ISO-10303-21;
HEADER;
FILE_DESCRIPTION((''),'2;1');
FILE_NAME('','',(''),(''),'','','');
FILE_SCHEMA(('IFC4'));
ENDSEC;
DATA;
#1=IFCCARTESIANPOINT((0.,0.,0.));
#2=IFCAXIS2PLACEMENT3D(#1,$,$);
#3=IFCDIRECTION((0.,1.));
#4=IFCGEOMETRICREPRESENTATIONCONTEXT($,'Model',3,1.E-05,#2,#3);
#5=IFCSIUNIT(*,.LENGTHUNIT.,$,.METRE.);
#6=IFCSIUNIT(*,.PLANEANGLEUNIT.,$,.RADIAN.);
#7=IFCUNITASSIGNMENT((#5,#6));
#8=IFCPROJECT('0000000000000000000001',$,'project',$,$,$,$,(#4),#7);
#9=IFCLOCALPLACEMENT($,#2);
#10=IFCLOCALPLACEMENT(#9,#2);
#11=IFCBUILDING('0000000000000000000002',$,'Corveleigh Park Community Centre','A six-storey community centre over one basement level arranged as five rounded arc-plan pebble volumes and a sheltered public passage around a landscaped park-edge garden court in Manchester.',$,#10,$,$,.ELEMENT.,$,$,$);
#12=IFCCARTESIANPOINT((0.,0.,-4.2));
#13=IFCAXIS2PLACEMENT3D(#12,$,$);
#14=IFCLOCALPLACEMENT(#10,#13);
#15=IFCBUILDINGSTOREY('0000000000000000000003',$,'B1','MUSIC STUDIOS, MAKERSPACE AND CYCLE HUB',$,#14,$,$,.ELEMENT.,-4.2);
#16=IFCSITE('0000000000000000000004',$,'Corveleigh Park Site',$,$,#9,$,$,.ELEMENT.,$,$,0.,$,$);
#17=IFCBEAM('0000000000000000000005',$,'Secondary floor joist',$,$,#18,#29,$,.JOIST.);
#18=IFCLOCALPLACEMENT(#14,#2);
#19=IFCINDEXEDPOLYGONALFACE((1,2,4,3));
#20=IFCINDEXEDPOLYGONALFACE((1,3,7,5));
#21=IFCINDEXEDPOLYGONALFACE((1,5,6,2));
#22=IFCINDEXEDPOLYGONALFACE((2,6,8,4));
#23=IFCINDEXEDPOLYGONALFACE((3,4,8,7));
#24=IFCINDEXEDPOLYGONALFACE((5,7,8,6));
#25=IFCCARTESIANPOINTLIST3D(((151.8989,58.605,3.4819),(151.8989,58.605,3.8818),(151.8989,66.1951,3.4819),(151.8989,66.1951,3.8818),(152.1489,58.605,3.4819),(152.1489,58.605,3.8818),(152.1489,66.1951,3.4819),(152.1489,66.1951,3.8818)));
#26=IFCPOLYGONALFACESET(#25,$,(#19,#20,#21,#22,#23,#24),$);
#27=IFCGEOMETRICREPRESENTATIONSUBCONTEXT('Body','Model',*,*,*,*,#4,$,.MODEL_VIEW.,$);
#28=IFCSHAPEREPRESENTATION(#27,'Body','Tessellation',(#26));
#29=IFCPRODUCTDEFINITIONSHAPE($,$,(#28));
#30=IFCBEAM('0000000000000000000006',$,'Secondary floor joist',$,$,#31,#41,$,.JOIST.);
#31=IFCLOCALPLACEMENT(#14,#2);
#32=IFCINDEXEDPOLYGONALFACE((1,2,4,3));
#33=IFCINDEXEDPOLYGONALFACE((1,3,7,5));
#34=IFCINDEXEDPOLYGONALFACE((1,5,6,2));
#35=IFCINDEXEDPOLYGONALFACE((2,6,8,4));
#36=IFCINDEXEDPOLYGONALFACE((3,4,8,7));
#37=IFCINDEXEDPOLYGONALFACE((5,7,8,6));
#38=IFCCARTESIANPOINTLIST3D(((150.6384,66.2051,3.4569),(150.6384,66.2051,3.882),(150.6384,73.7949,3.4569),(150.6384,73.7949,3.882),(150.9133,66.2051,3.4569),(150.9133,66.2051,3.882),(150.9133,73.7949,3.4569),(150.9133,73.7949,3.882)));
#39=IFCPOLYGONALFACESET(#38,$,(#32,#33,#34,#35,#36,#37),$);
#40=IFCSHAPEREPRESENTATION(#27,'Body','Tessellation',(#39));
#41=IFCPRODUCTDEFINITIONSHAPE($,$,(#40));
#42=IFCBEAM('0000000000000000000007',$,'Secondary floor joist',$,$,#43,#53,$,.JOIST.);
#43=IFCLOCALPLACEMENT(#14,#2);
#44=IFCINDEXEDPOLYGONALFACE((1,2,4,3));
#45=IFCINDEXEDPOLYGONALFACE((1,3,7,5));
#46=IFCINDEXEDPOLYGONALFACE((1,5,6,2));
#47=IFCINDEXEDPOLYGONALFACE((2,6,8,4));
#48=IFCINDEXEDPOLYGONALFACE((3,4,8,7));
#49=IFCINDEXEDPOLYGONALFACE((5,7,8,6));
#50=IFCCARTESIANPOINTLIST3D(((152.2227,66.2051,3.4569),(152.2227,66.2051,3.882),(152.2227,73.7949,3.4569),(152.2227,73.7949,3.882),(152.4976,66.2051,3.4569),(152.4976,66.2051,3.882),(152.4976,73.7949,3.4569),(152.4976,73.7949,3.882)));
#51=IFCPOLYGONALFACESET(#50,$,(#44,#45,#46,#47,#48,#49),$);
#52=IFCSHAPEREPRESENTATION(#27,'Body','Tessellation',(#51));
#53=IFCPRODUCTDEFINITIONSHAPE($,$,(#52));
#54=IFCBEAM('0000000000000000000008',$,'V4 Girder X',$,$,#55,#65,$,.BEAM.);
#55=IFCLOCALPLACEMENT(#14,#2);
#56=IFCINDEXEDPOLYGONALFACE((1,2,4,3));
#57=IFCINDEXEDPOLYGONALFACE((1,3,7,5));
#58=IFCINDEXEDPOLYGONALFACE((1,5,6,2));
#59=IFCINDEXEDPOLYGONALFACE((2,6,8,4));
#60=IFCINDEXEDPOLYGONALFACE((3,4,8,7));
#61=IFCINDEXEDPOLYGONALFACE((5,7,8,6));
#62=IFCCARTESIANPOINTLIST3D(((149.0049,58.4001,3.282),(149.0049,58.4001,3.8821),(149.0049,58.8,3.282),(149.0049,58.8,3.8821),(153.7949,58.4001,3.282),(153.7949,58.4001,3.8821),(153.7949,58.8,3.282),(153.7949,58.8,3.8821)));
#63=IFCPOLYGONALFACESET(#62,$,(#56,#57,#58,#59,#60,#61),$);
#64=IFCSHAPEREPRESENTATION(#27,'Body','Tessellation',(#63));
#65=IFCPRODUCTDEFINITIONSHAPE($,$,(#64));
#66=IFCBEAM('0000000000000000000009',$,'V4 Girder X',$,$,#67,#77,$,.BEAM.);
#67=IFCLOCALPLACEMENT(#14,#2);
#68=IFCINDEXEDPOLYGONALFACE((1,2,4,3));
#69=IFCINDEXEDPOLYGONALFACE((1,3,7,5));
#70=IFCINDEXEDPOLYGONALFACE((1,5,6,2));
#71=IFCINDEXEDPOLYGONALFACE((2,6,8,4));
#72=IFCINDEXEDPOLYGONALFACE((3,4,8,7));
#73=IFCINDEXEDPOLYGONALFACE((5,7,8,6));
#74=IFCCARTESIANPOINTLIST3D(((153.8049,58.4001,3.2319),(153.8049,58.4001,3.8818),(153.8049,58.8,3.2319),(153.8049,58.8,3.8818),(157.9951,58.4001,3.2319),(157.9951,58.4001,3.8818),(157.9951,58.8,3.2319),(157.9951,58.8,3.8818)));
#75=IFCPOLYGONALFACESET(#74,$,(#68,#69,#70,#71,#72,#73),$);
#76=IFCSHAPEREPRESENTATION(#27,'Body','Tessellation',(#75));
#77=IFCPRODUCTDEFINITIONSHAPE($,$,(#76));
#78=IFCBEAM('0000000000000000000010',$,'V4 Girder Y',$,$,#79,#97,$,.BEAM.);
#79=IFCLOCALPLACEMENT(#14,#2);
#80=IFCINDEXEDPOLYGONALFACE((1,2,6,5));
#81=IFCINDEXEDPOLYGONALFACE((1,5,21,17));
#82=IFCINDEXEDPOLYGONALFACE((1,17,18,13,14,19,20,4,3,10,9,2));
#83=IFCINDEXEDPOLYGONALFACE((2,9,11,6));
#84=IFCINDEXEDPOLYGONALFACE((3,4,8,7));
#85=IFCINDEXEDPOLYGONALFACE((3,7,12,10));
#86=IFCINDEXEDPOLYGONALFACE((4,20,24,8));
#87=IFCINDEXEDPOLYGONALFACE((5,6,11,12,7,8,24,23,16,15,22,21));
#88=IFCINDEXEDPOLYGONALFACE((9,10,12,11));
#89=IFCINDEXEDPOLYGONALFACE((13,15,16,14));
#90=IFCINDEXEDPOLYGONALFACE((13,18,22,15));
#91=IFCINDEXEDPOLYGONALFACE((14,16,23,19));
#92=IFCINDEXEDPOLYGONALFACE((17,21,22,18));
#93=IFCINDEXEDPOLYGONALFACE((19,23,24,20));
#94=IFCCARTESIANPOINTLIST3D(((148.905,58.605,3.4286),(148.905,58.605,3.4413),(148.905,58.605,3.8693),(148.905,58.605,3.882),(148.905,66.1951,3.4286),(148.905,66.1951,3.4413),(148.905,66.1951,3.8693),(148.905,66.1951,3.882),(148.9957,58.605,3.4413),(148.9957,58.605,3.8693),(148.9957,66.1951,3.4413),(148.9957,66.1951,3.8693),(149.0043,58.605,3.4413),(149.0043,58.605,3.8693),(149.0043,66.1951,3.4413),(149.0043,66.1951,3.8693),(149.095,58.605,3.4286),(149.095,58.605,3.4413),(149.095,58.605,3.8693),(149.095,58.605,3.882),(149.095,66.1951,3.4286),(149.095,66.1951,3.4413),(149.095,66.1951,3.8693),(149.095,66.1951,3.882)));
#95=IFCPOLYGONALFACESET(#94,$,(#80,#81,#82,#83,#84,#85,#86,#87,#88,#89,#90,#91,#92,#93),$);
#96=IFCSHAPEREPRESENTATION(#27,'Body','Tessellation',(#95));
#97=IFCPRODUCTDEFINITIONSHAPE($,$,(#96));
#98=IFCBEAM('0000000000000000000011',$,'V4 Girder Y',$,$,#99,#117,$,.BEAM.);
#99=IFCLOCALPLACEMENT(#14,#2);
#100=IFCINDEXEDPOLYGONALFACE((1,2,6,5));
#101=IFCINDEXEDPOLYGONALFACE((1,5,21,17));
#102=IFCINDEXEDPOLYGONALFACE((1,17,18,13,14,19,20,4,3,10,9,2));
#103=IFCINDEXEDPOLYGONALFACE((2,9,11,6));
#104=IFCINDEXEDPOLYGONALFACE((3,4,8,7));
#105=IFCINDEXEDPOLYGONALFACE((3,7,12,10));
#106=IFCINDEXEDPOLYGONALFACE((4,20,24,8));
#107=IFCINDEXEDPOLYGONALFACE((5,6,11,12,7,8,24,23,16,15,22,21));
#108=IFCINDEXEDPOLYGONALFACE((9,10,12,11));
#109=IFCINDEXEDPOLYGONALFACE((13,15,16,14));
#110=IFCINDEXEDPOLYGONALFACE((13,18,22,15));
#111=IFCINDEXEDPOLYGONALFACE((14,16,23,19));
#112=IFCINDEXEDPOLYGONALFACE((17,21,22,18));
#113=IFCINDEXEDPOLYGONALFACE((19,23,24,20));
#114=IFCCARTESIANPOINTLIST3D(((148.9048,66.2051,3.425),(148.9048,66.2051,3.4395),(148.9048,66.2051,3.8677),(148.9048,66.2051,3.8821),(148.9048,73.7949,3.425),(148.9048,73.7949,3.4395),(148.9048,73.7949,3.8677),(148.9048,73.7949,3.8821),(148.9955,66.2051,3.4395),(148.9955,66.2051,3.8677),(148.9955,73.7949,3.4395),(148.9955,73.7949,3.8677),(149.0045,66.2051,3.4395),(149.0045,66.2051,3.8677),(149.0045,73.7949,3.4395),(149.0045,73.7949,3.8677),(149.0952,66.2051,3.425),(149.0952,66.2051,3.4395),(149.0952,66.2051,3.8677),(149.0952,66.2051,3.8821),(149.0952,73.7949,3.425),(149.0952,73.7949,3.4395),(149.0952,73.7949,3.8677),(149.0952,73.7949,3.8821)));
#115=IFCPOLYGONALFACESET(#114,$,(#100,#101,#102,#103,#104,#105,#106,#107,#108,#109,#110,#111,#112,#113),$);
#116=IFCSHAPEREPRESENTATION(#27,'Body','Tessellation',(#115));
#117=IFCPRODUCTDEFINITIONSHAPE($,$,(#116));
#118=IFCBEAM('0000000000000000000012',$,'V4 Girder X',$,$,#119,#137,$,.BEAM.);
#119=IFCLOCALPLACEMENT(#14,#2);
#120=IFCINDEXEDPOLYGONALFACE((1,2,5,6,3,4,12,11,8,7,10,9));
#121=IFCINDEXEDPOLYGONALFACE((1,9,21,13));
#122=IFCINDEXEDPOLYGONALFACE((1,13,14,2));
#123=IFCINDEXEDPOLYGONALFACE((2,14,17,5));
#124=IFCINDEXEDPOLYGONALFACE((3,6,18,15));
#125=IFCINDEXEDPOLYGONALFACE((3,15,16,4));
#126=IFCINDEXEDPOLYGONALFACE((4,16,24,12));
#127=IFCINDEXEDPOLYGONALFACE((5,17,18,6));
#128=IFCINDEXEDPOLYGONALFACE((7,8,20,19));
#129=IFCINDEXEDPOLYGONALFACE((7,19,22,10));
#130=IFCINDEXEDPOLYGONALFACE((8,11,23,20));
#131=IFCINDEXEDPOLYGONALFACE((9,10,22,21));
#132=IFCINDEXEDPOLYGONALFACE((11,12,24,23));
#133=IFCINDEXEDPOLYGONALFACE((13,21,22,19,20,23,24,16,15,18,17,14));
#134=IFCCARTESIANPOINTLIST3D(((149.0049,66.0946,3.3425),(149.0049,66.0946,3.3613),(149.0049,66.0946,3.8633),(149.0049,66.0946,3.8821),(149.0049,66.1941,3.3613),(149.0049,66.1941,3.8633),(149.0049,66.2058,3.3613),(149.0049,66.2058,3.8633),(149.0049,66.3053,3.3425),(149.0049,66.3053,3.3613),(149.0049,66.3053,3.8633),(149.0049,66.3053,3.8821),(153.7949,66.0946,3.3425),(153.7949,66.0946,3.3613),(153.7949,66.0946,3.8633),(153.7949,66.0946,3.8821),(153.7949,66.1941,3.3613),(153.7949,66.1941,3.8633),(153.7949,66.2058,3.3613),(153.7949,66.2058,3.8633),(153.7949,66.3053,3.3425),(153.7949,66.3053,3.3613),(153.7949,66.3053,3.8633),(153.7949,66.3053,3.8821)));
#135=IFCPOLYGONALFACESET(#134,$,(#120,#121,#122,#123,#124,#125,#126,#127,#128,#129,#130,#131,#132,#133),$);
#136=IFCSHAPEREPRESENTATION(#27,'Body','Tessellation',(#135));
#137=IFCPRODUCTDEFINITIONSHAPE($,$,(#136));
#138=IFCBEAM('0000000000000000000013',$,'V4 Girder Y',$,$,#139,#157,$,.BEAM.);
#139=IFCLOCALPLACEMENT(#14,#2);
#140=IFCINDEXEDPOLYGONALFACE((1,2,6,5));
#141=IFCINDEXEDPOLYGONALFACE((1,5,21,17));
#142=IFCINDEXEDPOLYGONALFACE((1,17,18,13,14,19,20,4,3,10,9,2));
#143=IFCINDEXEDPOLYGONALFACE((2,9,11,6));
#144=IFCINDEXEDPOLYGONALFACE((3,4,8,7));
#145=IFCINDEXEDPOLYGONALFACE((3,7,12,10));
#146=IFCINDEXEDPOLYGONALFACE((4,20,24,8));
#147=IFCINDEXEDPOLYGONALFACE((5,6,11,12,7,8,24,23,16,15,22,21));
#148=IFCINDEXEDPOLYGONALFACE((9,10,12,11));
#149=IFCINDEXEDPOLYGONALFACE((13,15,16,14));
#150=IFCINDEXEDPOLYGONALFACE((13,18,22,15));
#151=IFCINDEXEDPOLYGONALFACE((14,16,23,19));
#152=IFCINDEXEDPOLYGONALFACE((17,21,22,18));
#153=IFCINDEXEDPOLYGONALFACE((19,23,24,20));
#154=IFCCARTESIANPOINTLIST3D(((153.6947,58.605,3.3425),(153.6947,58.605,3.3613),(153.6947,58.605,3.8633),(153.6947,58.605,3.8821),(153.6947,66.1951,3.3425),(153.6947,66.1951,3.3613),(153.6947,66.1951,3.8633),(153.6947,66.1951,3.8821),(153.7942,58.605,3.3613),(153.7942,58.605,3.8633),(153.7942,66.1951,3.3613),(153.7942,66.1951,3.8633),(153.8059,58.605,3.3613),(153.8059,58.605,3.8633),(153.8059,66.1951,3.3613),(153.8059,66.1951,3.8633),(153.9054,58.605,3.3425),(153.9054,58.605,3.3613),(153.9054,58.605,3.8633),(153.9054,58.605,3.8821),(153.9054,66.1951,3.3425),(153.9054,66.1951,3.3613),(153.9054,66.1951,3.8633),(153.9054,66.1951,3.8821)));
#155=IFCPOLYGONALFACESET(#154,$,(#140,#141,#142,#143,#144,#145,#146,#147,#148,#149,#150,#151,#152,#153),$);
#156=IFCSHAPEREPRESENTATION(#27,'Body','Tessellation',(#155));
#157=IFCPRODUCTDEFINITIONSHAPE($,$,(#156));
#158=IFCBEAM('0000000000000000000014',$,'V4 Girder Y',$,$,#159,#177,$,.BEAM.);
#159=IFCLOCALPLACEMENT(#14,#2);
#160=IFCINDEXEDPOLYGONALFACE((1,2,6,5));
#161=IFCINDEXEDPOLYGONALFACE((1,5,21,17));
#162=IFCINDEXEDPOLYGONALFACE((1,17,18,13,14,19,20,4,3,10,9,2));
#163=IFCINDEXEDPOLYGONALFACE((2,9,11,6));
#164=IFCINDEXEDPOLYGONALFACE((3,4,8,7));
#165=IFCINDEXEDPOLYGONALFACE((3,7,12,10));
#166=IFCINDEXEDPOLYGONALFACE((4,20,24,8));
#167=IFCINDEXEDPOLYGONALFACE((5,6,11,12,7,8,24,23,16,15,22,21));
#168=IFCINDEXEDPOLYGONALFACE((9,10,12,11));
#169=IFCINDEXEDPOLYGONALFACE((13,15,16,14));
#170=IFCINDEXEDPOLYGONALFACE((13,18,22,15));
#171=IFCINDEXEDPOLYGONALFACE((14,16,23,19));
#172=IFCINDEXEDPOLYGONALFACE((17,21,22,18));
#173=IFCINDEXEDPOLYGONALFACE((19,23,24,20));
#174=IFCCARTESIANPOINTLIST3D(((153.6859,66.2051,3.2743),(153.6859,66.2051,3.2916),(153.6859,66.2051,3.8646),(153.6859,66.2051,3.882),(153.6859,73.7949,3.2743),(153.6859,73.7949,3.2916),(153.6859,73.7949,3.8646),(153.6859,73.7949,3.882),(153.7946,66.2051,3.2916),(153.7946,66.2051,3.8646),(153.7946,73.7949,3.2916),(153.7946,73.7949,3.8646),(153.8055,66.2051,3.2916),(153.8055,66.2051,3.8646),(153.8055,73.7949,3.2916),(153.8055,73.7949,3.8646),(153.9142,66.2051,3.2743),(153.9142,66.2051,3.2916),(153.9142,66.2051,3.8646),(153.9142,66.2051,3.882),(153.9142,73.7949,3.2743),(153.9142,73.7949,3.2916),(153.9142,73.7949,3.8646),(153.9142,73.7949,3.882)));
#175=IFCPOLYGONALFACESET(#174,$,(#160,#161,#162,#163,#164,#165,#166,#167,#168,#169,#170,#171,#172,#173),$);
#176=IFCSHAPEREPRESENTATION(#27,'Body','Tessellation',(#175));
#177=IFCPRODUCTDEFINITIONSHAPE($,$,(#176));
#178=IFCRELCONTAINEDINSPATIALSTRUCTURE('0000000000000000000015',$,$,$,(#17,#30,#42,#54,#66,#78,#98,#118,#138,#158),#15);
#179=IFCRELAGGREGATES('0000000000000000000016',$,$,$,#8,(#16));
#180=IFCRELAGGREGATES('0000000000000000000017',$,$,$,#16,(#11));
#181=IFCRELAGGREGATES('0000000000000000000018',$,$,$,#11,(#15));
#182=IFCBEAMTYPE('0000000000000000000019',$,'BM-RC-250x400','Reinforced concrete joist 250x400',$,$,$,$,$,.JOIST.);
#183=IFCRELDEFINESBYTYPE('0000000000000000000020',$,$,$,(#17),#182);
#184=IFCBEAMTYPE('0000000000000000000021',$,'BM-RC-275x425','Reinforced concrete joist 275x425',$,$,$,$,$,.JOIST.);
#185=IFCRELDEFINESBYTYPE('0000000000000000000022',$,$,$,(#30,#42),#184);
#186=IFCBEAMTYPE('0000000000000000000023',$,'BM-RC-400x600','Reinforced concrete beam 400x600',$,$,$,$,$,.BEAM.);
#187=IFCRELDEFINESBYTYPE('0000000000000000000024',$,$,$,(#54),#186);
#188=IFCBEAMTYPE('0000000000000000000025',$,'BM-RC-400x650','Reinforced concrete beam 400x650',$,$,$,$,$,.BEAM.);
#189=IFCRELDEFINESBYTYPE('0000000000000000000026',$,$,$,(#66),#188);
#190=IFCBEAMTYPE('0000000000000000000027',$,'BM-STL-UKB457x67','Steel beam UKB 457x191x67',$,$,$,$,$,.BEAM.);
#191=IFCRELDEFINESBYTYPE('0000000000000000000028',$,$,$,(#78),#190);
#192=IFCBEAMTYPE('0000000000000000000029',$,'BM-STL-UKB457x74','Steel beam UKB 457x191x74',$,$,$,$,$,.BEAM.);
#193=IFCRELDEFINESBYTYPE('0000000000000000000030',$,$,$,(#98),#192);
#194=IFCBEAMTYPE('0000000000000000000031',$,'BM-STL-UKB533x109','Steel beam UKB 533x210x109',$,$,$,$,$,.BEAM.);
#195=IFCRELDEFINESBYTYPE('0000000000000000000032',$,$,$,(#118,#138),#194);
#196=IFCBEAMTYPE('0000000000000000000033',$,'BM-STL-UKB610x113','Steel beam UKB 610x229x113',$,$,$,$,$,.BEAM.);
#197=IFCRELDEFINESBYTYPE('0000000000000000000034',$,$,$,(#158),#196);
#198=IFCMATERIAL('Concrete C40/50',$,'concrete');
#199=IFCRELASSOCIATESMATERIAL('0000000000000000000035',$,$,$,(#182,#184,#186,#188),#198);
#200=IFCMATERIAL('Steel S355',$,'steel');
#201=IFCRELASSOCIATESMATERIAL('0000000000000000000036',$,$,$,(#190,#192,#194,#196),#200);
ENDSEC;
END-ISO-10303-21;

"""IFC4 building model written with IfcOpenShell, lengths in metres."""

from ifc_helpers import new_model, si_unit, direction, frame, origin, origin_2d, place, context, subcontext, project, spatial, rectangle, i_section, extrude, material, material_profile, profile_set, type_object, element, save


model = new_model("IFC4")

# Units and contexts
model_context = context("Model", 3, precision=1e-05, world=origin(), true_north=direction((0.0, 1.0)))
body_context = subcontext(model_context, "Body", "Model", "MODEL_VIEW")
ifc_project = project(units=[si_unit("LENGTHUNIT", "METRE"), si_unit("PLANEANGLEUNIT", "RADIAN")], contexts=[model_context])

# Site, building, storey
site_placement = place(None, origin())
site = spatial("IfcSite", under=ifc_project, at=site_placement, Name="Corveleigh Park Site", CompositionType="ELEMENT", RefElevation=0.0)
building_placement = place(site_placement, origin())
building = spatial("IfcBuilding", under=site, at=building_placement, Name="Corveleigh Park Community Centre", Description="A six-storey community centre over one basement level arranged as five rounded arc-plan pebble volumes and a sheltered public passage around a landscaped park-edge garden court in Manchester.", CompositionType="ELEMENT")
storey_placement = place(building_placement, frame((0.0, 0.0, -4.2)))
storey = spatial("IfcBuildingStorey", under=building, at=storey_placement, Name="B1", Description="MUSIC STUDIOS, MAKERSPACE AND CYCLE HUB", CompositionType="ELEMENT", Elevation=-4.2)

# Shared definitions
ifc_material_1 = material(Name="Concrete C40/50", Category="concrete")

# Shared definitions
ifc_material_2 = material(Name="Steel S355", Category="steel")

# Beams
ifc_material_profile_1 = material_profile(ifc_material_1, rectangle(XDim=0.25, YDim=0.3999, at=origin_2d()), Name="RC-250x400", Category="concrete")
ifc_profile_set_1 = profile_set([ifc_material_profile_1], Name="Concrete C40/50")
beam_type_1 = type_object("IfcBeamType", Name="BM-RC-250x400", Description="Reinforced concrete joist 250x400", PredefinedType="JOIST", material=ifc_profile_set_1)
for number, where, z_axis, x_axis, name in (
    (1, (152.0239, 58.605, 3.6819), (0.0, 1.0, 0.0), (-1.0, 0.0, 0.0), "Secondary floor joist"),
):
    element("IfcBeam", number, at=place(storey_placement, frame(where, z_axis=z_axis, x_axis=x_axis)), inside=storey, type_object=beam_type_1, Name=name, PredefinedType="JOIST", context=body_context, shape_type="SweptSolid", body=[
        extrude(rectangle(XDim=0.25, YDim=0.3999, at=origin_2d()), origin(), (0.0, 0.0, 1.0), 7.5901),
    ])
ifc_material_profile_2 = material_profile(ifc_material_1, rectangle(XDim=0.2749, YDim=0.425, at=origin_2d()), Name="RC-275x425", Category="concrete")
ifc_profile_set_2 = profile_set([ifc_material_profile_2], Name="Concrete C40/50")
beam_type_2 = type_object("IfcBeamType", Name="BM-RC-275x425", Description="Reinforced concrete joist 275x425", PredefinedType="JOIST", material=ifc_profile_set_2)
for number, where, z_axis, x_axis, name in (
    (2, (150.7759, 66.2051, 3.6694), (0.0, 1.0, 0.0), (-1.0, 0.0, 0.0), "Secondary floor joist"),
    (3, (152.3601, 66.2051, 3.6694), (0.0, 1.0, 0.0), (-1.0, 0.0, 0.0), "Secondary floor joist"),
):
    element("IfcBeam", number, at=place(storey_placement, frame(where, z_axis=z_axis, x_axis=x_axis)), inside=storey, type_object=beam_type_2, Name=name, PredefinedType="JOIST", context=body_context, shape_type="SweptSolid", body=[
        extrude(rectangle(XDim=0.2749, YDim=0.425, at=origin_2d()), origin(), (0.0, 0.0, 1.0), 7.5898),
    ])
ifc_material_profile_3 = material_profile(ifc_material_1, rectangle(XDim=0.3999, YDim=0.6001, at=origin_2d()), Name="RC-400x600", Category="concrete")
ifc_profile_set_3 = profile_set([ifc_material_profile_3], Name="Concrete C40/50")
beam_type_3 = type_object("IfcBeamType", Name="BM-RC-400x600", Description="Reinforced concrete beam 400x600", PredefinedType="BEAM", material=ifc_profile_set_3)
beam_1_placement = place(storey_placement, frame((149.0049, 58.6001, 3.582), z_axis=(1.0, 0.0, 0.0), x_axis=(0.0, 1.0, 0.0)))
element("IfcBeam", 4, at=beam_1_placement, inside=storey, type_object=beam_type_3, Name="V4 Girder X", PredefinedType="BEAM", context=body_context, shape_type="SweptSolid", body=[
    extrude(rectangle(XDim=0.3999, YDim=0.6001, at=origin_2d()), origin(), (0.0, 0.0, 1.0), 4.79),
])
ifc_material_profile_4 = material_profile(ifc_material_1, rectangle(XDim=0.3999, YDim=0.6499, at=origin_2d()), Name="RC-400x650", Category="concrete")
ifc_profile_set_4 = profile_set([ifc_material_profile_4], Name="Concrete C40/50")
beam_type_4 = type_object("IfcBeamType", Name="BM-RC-400x650", Description="Reinforced concrete beam 400x650", PredefinedType="BEAM", material=ifc_profile_set_4)
beam_2_placement = place(storey_placement, frame((153.8049, 58.6001, 3.5569), z_axis=(1.0, 0.0, 0.0), x_axis=(0.0, 1.0, 0.0)))
element("IfcBeam", 5, at=beam_2_placement, inside=storey, type_object=beam_type_4, Name="V4 Girder X", PredefinedType="BEAM", context=body_context, shape_type="SweptSolid", body=[
    extrude(rectangle(XDim=0.3999, YDim=0.6499, at=origin_2d()), origin(), (0.0, 0.0, 1.0), 4.1902),
])
ifc_material_profile_5 = material_profile(ifc_material_2, i_section(OverallWidth=0.1899, OverallDepth=0.4534, WebThickness=0.0085, FlangeThickness=0.0127, at=origin_2d()), Name="UKB 457x191x67", Category="steel")
ifc_profile_set_5 = profile_set([ifc_material_profile_5], Name="Steel S355")
beam_type_5 = type_object("IfcBeamType", Name="BM-STL-UKB457x67", Description="Steel beam UKB 457x191x67", PredefinedType="BEAM", material=ifc_profile_set_5)
beam_3_placement = place(storey_placement, frame((149.0, 58.605, 3.6553), z_axis=(0.0, 1.0, 0.0), x_axis=(-1.0, 0.0, 0.0)))
element("IfcBeam", 6, at=beam_3_placement, inside=storey, type_object=beam_type_5, Name="V4 Girder Y", PredefinedType="BEAM", context=body_context, shape_type="SweptSolid", body=[
    extrude(i_section(OverallWidth=0.1899, OverallDepth=0.4534, WebThickness=0.0085, FlangeThickness=0.0127, at=origin_2d()), origin(), (0.0, 0.0, 1.0), 7.5901),
])
ifc_material_profile_6 = material_profile(ifc_material_2, i_section(OverallWidth=0.1904, OverallDepth=0.457, WebThickness=0.009, FlangeThickness=0.0144, at=origin_2d()), Name="UKB 457x191x74", Category="steel")
ifc_profile_set_6 = profile_set([ifc_material_profile_6], Name="Steel S355")
beam_type_6 = type_object("IfcBeamType", Name="BM-STL-UKB457x74", Description="Steel beam UKB 457x191x74", PredefinedType="BEAM", material=ifc_profile_set_6)
beam_4_placement = place(storey_placement, frame((149.0, 66.2051, 3.6536), z_axis=(0.0, 1.0, 0.0), x_axis=(-1.0, 0.0, 0.0)))
element("IfcBeam", 7, at=beam_4_placement, inside=storey, type_object=beam_type_6, Name="V4 Girder Y", PredefinedType="BEAM", context=body_context, shape_type="SweptSolid", body=[
    extrude(i_section(OverallWidth=0.1904, OverallDepth=0.457, WebThickness=0.009, FlangeThickness=0.0144, at=origin_2d()), origin(), (0.0, 0.0, 1.0), 7.5898),
])
ifc_material_profile_7 = material_profile(ifc_material_2, i_section(OverallWidth=0.2107, OverallDepth=0.5396, WebThickness=0.0117, FlangeThickness=0.0188, at=origin_2d()), Name="UKB 533x210x109", Category="steel")
ifc_profile_set_7 = profile_set([ifc_material_profile_7], Name="Steel S355")
beam_type_7 = type_object("IfcBeamType", Name="BM-STL-UKB533x109", Description="Steel beam UKB 533x210x109", PredefinedType="BEAM", material=ifc_profile_set_7)
beam_5_placement = place(storey_placement, frame((149.0049, 66.2, 3.6123), z_axis=(1.0, 0.0, 0.0), x_axis=(0.0, 1.0, 0.0)))
element("IfcBeam", 8, at=beam_5_placement, inside=storey, type_object=beam_type_7, Name="V4 Girder X", PredefinedType="BEAM", context=body_context, shape_type="SweptSolid", body=[
    extrude(i_section(OverallWidth=0.2107, OverallDepth=0.5396, WebThickness=0.0117, FlangeThickness=0.0188, at=origin_2d()), origin(), (0.0, 0.0, 1.0), 4.79),
])
beam_6_placement = place(storey_placement, frame((153.8, 58.605, 3.6123), z_axis=(0.0, 1.0, 0.0), x_axis=(-1.0, 0.0, 0.0)))
element("IfcBeam", 9, at=beam_6_placement, inside=storey, type_object=beam_type_7, Name="V4 Girder Y", PredefinedType="BEAM", context=body_context, shape_type="SweptSolid", body=[
    extrude(i_section(OverallWidth=0.2107, OverallDepth=0.5396, WebThickness=0.0117, FlangeThickness=0.0188, at=origin_2d()), origin(), (0.0, 0.0, 1.0), 7.5901),
])
ifc_material_profile_8 = material_profile(ifc_material_2, i_section(OverallWidth=0.2283, OverallDepth=0.6077, WebThickness=0.011, FlangeThickness=0.0173, at=origin_2d()), Name="UKB 610x229x113", Category="steel")
ifc_profile_set_8 = profile_set([ifc_material_profile_8], Name="Steel S355")
beam_type_8 = type_object("IfcBeamType", Name="BM-STL-UKB610x113", Description="Steel beam UKB 610x229x113", PredefinedType="BEAM", material=ifc_profile_set_8)
beam_7_placement = place(storey_placement, frame((153.8, 66.2051, 3.5781), z_axis=(0.0, 1.0, 0.0), x_axis=(-1.0, 0.0, 0.0)))
element("IfcBeam", 10, at=beam_7_placement, inside=storey, type_object=beam_type_8, Name="V4 Girder Y", PredefinedType="BEAM", context=body_context, shape_type="SweptSolid", body=[
    extrude(i_section(OverallWidth=0.2283, OverallDepth=0.6077, WebThickness=0.011, FlangeThickness=0.0173, at=origin_2d()), origin(), (0.0, 0.0, 1.0), 7.5898),
])

save(model, "model.ifc")
